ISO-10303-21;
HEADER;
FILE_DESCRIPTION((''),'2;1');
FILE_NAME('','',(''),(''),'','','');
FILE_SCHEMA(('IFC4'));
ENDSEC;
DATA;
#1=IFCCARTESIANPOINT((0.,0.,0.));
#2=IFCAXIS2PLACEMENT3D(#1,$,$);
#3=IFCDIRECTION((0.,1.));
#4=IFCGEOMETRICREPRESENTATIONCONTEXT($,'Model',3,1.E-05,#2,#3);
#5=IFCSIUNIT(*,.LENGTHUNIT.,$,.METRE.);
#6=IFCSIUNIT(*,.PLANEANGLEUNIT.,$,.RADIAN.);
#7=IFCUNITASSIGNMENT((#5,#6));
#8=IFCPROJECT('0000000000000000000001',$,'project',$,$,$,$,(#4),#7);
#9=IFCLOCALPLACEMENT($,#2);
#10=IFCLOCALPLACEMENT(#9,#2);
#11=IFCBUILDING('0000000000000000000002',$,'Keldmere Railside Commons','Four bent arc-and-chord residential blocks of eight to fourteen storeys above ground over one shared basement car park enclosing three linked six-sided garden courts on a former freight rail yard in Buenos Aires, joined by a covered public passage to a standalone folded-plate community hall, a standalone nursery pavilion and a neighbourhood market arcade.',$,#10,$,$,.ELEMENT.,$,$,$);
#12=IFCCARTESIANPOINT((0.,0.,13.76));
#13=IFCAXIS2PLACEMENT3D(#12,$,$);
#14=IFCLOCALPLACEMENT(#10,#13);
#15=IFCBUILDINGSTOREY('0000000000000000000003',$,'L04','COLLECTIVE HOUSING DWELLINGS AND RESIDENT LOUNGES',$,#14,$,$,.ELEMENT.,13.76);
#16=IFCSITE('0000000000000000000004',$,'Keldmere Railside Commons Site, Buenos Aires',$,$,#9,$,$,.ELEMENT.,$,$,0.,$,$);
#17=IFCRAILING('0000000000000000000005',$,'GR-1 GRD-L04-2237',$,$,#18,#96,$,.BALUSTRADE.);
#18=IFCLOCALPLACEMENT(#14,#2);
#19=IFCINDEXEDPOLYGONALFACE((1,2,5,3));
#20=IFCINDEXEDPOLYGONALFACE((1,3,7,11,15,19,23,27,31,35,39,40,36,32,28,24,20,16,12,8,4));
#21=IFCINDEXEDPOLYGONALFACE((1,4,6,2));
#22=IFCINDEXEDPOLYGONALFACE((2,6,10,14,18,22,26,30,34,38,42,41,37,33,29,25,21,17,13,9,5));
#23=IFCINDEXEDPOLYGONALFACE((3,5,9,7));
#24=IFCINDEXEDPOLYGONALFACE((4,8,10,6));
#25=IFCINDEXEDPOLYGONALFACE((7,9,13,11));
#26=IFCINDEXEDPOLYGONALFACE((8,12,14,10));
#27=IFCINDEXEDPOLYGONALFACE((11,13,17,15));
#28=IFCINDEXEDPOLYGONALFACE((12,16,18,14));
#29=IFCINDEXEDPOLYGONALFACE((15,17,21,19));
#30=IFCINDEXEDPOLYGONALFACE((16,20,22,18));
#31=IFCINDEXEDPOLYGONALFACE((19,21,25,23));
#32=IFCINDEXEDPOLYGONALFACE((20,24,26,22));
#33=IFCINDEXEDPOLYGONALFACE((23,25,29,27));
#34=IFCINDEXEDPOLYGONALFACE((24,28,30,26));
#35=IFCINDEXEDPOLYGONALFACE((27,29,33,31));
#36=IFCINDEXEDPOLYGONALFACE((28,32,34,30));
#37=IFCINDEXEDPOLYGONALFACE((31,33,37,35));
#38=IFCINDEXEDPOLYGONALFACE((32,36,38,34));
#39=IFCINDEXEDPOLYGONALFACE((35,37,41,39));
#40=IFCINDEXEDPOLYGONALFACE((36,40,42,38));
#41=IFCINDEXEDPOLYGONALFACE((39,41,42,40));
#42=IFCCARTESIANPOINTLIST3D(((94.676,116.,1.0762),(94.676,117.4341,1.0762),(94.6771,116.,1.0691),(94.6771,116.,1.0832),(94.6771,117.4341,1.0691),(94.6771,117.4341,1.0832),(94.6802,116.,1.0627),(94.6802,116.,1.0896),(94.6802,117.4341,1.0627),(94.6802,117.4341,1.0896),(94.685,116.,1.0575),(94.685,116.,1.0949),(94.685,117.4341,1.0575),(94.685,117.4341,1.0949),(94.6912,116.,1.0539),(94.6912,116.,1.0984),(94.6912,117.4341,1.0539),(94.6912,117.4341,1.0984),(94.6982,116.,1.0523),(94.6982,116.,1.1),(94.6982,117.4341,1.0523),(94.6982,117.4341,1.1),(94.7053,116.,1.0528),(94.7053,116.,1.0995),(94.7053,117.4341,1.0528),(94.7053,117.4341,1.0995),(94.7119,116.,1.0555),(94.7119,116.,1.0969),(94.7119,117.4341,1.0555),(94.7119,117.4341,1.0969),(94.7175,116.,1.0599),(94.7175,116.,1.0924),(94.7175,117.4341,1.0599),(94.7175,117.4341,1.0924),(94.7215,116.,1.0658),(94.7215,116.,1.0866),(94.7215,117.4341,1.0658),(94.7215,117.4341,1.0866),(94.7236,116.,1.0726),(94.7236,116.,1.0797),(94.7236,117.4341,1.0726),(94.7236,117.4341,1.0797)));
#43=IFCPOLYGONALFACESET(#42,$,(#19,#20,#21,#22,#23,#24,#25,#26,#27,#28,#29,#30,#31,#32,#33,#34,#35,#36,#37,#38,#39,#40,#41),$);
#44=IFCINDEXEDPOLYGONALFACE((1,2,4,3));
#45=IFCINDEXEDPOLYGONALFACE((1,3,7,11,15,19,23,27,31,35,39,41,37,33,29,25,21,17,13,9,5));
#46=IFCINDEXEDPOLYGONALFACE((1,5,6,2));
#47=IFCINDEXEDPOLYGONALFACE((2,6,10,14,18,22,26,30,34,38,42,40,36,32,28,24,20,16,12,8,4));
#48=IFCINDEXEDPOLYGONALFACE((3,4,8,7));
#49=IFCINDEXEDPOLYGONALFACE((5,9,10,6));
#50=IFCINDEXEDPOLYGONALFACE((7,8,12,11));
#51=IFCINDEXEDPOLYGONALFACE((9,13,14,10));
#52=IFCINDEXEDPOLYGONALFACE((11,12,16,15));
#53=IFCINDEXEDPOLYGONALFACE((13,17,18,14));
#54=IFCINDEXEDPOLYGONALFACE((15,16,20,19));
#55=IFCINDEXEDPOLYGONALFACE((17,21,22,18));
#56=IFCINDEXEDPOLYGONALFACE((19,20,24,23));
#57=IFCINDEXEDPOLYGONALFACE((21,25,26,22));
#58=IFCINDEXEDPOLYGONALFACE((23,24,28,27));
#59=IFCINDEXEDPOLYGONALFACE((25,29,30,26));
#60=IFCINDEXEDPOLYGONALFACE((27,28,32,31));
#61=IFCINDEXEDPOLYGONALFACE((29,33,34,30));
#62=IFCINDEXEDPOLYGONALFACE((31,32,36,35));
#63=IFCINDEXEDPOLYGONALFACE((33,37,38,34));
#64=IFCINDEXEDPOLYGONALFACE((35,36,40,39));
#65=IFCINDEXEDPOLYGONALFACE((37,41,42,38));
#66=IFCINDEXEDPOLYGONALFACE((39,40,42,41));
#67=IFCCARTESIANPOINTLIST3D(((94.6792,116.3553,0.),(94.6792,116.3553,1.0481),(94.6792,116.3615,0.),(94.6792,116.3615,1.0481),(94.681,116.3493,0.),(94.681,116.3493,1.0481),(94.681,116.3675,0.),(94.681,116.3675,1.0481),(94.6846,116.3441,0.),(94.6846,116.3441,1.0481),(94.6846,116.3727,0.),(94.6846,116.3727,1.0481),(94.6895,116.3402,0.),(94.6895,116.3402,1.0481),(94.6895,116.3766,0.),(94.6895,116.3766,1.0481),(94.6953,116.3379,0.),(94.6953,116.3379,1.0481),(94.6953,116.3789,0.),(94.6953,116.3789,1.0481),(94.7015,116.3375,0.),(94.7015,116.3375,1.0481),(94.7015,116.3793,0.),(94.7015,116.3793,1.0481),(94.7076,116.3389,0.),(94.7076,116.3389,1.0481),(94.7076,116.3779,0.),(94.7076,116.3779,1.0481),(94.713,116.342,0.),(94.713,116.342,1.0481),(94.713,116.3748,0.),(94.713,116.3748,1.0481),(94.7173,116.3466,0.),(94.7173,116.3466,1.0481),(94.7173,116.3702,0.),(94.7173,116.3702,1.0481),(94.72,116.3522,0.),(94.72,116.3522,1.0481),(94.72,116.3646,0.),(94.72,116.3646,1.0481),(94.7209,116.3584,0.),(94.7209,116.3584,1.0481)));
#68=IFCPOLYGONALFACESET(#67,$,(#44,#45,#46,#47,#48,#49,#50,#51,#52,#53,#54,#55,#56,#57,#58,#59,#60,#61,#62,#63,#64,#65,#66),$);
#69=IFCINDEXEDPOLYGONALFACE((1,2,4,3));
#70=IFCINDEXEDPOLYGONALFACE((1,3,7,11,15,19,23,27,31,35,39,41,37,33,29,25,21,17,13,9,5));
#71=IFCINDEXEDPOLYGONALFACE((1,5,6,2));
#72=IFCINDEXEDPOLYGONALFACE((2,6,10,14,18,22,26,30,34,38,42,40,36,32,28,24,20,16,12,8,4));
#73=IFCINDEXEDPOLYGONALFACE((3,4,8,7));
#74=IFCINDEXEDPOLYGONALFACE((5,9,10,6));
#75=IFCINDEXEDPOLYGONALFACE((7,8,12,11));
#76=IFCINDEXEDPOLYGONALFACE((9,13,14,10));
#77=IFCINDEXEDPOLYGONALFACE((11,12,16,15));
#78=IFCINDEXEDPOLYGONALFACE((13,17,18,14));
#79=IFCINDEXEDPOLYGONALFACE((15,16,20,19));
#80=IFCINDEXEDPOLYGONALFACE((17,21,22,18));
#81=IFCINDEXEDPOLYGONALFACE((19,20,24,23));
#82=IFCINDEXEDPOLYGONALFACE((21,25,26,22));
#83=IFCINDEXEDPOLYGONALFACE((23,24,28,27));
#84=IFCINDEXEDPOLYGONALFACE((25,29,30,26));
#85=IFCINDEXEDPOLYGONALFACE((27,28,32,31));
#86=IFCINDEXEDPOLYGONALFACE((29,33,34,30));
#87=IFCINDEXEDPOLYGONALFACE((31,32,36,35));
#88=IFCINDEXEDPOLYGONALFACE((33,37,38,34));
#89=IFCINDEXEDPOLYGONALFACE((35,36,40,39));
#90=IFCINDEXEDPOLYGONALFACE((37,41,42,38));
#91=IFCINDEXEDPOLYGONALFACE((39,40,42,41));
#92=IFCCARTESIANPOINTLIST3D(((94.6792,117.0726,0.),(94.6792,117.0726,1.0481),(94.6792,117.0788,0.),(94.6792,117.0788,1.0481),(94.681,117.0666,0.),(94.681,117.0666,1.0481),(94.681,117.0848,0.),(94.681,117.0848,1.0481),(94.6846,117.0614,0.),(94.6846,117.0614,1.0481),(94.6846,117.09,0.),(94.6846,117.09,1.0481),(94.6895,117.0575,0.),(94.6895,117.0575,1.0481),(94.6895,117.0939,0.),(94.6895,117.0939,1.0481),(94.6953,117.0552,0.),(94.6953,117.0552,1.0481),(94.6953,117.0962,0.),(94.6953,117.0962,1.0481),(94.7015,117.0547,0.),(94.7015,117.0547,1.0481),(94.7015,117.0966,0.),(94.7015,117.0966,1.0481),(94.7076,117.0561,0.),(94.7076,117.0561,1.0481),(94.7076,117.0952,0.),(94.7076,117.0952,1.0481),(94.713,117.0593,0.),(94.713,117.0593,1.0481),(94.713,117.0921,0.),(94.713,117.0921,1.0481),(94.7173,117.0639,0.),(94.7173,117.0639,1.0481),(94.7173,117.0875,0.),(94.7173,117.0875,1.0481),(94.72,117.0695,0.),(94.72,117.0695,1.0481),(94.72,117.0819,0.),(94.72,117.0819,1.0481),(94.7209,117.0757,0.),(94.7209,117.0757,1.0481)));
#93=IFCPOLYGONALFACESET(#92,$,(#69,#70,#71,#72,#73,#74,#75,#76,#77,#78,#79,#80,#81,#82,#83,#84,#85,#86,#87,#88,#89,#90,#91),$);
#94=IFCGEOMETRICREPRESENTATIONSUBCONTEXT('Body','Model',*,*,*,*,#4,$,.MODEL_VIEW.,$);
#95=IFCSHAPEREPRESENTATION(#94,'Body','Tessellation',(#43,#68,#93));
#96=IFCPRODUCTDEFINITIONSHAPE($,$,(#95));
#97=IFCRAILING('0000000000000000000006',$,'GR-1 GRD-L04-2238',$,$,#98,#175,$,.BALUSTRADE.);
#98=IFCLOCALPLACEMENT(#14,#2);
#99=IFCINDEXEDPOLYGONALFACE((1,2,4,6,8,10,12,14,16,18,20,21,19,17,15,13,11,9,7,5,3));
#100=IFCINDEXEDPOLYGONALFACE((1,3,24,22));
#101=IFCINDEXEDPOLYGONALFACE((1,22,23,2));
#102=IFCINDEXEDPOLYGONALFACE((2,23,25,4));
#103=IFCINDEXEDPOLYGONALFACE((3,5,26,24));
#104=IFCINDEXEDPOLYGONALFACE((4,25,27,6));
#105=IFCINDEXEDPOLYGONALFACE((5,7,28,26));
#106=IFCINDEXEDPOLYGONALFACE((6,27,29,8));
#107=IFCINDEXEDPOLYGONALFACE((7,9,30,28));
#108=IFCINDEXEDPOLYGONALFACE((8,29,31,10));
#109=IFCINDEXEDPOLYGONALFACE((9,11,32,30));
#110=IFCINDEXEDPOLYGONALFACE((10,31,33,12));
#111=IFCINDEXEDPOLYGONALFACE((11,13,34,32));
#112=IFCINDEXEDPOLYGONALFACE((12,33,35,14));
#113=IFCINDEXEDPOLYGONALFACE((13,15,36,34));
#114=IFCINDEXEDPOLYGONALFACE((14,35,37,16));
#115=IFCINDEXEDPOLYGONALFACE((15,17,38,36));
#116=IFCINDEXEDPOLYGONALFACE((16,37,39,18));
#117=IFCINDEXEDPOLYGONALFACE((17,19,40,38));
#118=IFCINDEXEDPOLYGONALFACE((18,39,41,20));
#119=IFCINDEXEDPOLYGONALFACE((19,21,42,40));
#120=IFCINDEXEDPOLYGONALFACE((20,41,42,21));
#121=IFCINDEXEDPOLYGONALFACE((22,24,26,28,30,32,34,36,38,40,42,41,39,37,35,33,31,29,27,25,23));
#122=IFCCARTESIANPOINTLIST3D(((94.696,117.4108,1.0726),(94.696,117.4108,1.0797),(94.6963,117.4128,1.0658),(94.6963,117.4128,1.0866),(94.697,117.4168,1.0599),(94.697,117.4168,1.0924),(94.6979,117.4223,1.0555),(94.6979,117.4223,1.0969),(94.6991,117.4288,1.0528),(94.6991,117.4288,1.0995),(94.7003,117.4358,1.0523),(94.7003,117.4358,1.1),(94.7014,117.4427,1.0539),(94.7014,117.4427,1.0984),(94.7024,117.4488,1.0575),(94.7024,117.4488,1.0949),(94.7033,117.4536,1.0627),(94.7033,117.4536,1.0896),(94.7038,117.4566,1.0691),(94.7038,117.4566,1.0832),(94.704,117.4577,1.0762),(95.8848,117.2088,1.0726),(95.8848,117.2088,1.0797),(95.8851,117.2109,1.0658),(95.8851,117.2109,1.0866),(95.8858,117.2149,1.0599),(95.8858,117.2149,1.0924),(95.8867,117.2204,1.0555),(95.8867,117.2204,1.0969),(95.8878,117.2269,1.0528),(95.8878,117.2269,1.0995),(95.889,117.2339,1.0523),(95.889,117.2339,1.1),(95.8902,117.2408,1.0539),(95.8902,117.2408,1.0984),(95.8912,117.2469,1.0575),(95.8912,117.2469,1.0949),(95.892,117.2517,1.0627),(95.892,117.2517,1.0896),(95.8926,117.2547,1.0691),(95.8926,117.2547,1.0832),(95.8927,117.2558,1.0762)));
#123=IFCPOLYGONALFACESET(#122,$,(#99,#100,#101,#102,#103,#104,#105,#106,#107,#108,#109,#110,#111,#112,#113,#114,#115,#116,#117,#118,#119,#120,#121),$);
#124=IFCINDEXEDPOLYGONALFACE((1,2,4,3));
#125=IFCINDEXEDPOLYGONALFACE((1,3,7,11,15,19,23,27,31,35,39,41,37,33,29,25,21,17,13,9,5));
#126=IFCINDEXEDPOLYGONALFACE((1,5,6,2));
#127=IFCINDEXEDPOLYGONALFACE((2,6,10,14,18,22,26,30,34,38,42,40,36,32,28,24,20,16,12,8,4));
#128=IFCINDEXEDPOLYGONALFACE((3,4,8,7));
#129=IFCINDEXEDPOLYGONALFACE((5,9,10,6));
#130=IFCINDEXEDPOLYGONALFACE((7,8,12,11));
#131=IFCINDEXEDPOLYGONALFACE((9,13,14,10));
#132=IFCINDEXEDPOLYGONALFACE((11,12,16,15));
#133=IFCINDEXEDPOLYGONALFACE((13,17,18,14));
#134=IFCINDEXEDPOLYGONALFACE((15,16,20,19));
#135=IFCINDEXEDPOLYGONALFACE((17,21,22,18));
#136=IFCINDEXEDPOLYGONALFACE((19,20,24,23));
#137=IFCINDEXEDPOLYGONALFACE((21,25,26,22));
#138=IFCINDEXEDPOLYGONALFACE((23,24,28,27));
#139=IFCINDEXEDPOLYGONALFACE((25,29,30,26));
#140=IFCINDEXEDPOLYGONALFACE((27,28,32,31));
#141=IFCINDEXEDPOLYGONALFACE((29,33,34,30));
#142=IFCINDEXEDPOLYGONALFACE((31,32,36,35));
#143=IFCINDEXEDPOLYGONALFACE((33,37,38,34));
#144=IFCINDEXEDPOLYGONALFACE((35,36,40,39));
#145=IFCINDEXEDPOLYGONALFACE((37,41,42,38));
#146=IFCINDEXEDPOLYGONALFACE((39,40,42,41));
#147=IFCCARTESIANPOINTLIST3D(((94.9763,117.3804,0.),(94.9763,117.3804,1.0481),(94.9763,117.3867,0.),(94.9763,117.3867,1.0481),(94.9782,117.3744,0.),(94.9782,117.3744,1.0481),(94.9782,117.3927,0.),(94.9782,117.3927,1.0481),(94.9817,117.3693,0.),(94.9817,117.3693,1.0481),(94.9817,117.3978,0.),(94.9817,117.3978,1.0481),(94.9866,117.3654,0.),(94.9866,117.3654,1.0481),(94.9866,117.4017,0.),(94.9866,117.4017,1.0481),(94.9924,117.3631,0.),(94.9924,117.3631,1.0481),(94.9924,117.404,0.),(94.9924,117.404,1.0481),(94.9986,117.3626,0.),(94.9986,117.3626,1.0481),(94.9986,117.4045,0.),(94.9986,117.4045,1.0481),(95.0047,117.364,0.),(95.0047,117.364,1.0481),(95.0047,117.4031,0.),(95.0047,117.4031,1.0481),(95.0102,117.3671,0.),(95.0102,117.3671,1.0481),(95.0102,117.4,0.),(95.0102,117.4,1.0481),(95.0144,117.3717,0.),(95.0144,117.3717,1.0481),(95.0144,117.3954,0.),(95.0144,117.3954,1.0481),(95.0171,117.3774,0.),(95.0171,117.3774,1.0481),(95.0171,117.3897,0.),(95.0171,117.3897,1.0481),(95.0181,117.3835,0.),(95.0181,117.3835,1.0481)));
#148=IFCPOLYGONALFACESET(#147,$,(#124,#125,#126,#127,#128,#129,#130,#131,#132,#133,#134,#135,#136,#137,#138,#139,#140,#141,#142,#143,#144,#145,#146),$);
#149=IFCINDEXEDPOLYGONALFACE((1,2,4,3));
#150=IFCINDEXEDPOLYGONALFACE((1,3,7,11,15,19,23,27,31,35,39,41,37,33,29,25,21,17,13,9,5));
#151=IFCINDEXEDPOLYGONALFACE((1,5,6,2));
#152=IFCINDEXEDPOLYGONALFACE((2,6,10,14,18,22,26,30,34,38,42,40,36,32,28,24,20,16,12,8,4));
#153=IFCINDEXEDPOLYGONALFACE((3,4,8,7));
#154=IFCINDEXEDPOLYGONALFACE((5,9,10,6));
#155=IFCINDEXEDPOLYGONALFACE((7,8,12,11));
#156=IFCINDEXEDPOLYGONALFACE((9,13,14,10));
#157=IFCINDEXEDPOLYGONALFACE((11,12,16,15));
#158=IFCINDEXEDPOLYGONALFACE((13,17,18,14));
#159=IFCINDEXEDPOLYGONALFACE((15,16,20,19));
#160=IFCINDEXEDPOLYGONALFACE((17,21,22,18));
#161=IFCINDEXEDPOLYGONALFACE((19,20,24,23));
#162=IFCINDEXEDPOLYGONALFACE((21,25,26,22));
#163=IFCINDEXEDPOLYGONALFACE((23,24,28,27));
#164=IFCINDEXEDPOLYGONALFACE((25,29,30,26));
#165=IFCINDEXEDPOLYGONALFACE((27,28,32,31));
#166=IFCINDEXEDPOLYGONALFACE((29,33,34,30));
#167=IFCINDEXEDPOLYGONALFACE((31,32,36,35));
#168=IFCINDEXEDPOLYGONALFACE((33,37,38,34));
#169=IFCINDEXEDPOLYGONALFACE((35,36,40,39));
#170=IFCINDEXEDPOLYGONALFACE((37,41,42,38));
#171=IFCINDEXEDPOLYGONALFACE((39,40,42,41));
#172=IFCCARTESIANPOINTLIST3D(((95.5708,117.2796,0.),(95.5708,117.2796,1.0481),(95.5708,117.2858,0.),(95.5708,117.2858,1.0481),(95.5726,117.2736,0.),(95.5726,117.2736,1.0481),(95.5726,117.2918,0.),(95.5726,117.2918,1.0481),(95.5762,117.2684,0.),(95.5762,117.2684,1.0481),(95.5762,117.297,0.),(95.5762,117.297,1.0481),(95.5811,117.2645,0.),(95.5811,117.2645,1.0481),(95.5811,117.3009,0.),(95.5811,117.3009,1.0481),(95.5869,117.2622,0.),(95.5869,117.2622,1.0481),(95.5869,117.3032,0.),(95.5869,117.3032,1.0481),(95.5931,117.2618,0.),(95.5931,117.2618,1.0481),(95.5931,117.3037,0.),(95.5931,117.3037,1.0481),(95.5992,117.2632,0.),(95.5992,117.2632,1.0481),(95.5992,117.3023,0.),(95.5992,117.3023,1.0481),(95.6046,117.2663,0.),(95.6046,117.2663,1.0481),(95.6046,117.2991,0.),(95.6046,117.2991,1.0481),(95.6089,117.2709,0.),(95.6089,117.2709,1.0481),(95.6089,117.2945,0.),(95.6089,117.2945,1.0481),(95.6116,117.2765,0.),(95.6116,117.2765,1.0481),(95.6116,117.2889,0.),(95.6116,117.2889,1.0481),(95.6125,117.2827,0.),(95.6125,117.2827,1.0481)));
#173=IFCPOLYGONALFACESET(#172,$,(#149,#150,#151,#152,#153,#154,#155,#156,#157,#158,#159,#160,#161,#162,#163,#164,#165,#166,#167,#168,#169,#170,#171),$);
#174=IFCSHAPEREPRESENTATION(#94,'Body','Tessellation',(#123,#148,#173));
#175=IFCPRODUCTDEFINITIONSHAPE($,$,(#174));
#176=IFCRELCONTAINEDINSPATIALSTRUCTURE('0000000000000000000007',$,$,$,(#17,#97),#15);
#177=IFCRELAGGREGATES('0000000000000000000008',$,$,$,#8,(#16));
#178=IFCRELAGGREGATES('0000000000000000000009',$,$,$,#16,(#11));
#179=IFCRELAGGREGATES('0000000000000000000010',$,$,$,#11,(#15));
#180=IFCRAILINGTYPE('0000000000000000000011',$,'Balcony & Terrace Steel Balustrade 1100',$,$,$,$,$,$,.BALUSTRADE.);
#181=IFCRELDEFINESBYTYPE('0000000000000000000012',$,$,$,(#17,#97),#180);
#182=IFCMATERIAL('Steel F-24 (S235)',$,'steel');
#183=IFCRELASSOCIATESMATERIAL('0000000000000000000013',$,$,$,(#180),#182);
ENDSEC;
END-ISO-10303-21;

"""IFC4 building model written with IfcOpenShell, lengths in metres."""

from ifc_helpers import new_model, si_unit, direction, frame, origin, origin_2d, place, context, subcontext, project, spatial, circle, extrude, material, type_object, element, save


model = new_model("IFC4")

# Units and contexts
model_context = context("Model", 3, precision=1e-05, world=origin(), true_north=direction((0.0, 1.0)))
body_context = subcontext(model_context, "Body", "Model", "MODEL_VIEW")
ifc_project = project(units=[si_unit("LENGTHUNIT", "METRE"), si_unit("PLANEANGLEUNIT", "RADIAN")], contexts=[model_context])

# Site, building, storey
site_placement = place(None, origin())
site = spatial("IfcSite", under=ifc_project, at=site_placement, Name="Keldmere Railside Commons Site, Buenos Aires", CompositionType="ELEMENT", RefElevation=0.0)
building_placement = place(site_placement, origin())
building = spatial("IfcBuilding", under=site, at=building_placement, Name="Keldmere Railside Commons", Description="Four bent arc-and-chord residential blocks of eight to fourteen storeys above ground over one shared basement car park enclosing three linked six-sided garden courts on a former freight rail yard in Buenos Aires, joined by a covered public passage to a standalone folded-plate community hall, a standalone nursery pavilion and a neighbourhood market arcade.", CompositionType="ELEMENT")
storey_placement = place(building_placement, frame((0.0, 0.0, 13.76)))
storey = spatial("IfcBuildingStorey", under=building, at=storey_placement, Name="L04", Description="COLLECTIVE HOUSING DWELLINGS AND RESIDENT LOUNGES", CompositionType="ELEMENT", Elevation=13.76)

# Railings
ifc_material_1 = material(Name="Steel F-24 (S235)", Category="steel")
railing_type = type_object("IfcRailingType", Name="Balcony & Terrace Steel Balustrade 1100", PredefinedType="BALUSTRADE", material=ifc_material_1)
railing_1_placement = place(storey_placement, frame((94.7, 116.0, 0.0)))
element("IfcRailing", 1, at=railing_1_placement, inside=storey, type_object=railing_type, Name="GR-1 GRD-L04-2237", PredefinedType="BALUSTRADE", context=body_context, shape_type="SweptSolid", body=[
    extrude(circle(Radius=0.0239, at=origin_2d()), frame((0.0, 0.0, 1.0762), z_axis=(0.0, 1.0, 0.0), x_axis=(-1.0, 0.0, 0.0)), (0.0, 0.0, 1.0), 1.4341),
    extrude(circle(Radius=0.021, at=origin_2d()), frame((0.0, 0.3584, 0.0)), (0.0, 0.0, 1.0), 1.0481),
    extrude(circle(Radius=0.021, at=origin_2d()), frame((0.0, 1.0757, 0.0)), (0.0, 0.0, 1.0), 1.0481),
])
railing_2_placement = place(storey_placement, frame((94.7, 117.4341, 0.0)))
element("IfcRailing", 2, at=railing_2_placement, inside=storey, type_object=railing_type, Name="GR-1 GRD-L04-2238", PredefinedType="BALUSTRADE", context=body_context, shape_type="SweptSolid", body=[
    extrude(circle(Radius=0.0239, at=origin_2d()), frame((0.0, 0.0, 1.0762), z_axis=(0.98588, -0.167452, 0.0), x_axis=(0.167452, 0.98588, 0.0)), (0.0, 0.0, 1.0), 1.2058),
    extrude(circle(Radius=0.021, at=origin_2d()), frame((0.2971, -0.0505, 0.0)), (0.0, 0.0, 1.0), 1.0481),
    extrude(circle(Radius=0.021, at=origin_2d()), frame((0.8916, -0.1514, 0.0)), (0.0, 0.0, 1.0), 1.0481),
])

save(model, "model.ifc")
